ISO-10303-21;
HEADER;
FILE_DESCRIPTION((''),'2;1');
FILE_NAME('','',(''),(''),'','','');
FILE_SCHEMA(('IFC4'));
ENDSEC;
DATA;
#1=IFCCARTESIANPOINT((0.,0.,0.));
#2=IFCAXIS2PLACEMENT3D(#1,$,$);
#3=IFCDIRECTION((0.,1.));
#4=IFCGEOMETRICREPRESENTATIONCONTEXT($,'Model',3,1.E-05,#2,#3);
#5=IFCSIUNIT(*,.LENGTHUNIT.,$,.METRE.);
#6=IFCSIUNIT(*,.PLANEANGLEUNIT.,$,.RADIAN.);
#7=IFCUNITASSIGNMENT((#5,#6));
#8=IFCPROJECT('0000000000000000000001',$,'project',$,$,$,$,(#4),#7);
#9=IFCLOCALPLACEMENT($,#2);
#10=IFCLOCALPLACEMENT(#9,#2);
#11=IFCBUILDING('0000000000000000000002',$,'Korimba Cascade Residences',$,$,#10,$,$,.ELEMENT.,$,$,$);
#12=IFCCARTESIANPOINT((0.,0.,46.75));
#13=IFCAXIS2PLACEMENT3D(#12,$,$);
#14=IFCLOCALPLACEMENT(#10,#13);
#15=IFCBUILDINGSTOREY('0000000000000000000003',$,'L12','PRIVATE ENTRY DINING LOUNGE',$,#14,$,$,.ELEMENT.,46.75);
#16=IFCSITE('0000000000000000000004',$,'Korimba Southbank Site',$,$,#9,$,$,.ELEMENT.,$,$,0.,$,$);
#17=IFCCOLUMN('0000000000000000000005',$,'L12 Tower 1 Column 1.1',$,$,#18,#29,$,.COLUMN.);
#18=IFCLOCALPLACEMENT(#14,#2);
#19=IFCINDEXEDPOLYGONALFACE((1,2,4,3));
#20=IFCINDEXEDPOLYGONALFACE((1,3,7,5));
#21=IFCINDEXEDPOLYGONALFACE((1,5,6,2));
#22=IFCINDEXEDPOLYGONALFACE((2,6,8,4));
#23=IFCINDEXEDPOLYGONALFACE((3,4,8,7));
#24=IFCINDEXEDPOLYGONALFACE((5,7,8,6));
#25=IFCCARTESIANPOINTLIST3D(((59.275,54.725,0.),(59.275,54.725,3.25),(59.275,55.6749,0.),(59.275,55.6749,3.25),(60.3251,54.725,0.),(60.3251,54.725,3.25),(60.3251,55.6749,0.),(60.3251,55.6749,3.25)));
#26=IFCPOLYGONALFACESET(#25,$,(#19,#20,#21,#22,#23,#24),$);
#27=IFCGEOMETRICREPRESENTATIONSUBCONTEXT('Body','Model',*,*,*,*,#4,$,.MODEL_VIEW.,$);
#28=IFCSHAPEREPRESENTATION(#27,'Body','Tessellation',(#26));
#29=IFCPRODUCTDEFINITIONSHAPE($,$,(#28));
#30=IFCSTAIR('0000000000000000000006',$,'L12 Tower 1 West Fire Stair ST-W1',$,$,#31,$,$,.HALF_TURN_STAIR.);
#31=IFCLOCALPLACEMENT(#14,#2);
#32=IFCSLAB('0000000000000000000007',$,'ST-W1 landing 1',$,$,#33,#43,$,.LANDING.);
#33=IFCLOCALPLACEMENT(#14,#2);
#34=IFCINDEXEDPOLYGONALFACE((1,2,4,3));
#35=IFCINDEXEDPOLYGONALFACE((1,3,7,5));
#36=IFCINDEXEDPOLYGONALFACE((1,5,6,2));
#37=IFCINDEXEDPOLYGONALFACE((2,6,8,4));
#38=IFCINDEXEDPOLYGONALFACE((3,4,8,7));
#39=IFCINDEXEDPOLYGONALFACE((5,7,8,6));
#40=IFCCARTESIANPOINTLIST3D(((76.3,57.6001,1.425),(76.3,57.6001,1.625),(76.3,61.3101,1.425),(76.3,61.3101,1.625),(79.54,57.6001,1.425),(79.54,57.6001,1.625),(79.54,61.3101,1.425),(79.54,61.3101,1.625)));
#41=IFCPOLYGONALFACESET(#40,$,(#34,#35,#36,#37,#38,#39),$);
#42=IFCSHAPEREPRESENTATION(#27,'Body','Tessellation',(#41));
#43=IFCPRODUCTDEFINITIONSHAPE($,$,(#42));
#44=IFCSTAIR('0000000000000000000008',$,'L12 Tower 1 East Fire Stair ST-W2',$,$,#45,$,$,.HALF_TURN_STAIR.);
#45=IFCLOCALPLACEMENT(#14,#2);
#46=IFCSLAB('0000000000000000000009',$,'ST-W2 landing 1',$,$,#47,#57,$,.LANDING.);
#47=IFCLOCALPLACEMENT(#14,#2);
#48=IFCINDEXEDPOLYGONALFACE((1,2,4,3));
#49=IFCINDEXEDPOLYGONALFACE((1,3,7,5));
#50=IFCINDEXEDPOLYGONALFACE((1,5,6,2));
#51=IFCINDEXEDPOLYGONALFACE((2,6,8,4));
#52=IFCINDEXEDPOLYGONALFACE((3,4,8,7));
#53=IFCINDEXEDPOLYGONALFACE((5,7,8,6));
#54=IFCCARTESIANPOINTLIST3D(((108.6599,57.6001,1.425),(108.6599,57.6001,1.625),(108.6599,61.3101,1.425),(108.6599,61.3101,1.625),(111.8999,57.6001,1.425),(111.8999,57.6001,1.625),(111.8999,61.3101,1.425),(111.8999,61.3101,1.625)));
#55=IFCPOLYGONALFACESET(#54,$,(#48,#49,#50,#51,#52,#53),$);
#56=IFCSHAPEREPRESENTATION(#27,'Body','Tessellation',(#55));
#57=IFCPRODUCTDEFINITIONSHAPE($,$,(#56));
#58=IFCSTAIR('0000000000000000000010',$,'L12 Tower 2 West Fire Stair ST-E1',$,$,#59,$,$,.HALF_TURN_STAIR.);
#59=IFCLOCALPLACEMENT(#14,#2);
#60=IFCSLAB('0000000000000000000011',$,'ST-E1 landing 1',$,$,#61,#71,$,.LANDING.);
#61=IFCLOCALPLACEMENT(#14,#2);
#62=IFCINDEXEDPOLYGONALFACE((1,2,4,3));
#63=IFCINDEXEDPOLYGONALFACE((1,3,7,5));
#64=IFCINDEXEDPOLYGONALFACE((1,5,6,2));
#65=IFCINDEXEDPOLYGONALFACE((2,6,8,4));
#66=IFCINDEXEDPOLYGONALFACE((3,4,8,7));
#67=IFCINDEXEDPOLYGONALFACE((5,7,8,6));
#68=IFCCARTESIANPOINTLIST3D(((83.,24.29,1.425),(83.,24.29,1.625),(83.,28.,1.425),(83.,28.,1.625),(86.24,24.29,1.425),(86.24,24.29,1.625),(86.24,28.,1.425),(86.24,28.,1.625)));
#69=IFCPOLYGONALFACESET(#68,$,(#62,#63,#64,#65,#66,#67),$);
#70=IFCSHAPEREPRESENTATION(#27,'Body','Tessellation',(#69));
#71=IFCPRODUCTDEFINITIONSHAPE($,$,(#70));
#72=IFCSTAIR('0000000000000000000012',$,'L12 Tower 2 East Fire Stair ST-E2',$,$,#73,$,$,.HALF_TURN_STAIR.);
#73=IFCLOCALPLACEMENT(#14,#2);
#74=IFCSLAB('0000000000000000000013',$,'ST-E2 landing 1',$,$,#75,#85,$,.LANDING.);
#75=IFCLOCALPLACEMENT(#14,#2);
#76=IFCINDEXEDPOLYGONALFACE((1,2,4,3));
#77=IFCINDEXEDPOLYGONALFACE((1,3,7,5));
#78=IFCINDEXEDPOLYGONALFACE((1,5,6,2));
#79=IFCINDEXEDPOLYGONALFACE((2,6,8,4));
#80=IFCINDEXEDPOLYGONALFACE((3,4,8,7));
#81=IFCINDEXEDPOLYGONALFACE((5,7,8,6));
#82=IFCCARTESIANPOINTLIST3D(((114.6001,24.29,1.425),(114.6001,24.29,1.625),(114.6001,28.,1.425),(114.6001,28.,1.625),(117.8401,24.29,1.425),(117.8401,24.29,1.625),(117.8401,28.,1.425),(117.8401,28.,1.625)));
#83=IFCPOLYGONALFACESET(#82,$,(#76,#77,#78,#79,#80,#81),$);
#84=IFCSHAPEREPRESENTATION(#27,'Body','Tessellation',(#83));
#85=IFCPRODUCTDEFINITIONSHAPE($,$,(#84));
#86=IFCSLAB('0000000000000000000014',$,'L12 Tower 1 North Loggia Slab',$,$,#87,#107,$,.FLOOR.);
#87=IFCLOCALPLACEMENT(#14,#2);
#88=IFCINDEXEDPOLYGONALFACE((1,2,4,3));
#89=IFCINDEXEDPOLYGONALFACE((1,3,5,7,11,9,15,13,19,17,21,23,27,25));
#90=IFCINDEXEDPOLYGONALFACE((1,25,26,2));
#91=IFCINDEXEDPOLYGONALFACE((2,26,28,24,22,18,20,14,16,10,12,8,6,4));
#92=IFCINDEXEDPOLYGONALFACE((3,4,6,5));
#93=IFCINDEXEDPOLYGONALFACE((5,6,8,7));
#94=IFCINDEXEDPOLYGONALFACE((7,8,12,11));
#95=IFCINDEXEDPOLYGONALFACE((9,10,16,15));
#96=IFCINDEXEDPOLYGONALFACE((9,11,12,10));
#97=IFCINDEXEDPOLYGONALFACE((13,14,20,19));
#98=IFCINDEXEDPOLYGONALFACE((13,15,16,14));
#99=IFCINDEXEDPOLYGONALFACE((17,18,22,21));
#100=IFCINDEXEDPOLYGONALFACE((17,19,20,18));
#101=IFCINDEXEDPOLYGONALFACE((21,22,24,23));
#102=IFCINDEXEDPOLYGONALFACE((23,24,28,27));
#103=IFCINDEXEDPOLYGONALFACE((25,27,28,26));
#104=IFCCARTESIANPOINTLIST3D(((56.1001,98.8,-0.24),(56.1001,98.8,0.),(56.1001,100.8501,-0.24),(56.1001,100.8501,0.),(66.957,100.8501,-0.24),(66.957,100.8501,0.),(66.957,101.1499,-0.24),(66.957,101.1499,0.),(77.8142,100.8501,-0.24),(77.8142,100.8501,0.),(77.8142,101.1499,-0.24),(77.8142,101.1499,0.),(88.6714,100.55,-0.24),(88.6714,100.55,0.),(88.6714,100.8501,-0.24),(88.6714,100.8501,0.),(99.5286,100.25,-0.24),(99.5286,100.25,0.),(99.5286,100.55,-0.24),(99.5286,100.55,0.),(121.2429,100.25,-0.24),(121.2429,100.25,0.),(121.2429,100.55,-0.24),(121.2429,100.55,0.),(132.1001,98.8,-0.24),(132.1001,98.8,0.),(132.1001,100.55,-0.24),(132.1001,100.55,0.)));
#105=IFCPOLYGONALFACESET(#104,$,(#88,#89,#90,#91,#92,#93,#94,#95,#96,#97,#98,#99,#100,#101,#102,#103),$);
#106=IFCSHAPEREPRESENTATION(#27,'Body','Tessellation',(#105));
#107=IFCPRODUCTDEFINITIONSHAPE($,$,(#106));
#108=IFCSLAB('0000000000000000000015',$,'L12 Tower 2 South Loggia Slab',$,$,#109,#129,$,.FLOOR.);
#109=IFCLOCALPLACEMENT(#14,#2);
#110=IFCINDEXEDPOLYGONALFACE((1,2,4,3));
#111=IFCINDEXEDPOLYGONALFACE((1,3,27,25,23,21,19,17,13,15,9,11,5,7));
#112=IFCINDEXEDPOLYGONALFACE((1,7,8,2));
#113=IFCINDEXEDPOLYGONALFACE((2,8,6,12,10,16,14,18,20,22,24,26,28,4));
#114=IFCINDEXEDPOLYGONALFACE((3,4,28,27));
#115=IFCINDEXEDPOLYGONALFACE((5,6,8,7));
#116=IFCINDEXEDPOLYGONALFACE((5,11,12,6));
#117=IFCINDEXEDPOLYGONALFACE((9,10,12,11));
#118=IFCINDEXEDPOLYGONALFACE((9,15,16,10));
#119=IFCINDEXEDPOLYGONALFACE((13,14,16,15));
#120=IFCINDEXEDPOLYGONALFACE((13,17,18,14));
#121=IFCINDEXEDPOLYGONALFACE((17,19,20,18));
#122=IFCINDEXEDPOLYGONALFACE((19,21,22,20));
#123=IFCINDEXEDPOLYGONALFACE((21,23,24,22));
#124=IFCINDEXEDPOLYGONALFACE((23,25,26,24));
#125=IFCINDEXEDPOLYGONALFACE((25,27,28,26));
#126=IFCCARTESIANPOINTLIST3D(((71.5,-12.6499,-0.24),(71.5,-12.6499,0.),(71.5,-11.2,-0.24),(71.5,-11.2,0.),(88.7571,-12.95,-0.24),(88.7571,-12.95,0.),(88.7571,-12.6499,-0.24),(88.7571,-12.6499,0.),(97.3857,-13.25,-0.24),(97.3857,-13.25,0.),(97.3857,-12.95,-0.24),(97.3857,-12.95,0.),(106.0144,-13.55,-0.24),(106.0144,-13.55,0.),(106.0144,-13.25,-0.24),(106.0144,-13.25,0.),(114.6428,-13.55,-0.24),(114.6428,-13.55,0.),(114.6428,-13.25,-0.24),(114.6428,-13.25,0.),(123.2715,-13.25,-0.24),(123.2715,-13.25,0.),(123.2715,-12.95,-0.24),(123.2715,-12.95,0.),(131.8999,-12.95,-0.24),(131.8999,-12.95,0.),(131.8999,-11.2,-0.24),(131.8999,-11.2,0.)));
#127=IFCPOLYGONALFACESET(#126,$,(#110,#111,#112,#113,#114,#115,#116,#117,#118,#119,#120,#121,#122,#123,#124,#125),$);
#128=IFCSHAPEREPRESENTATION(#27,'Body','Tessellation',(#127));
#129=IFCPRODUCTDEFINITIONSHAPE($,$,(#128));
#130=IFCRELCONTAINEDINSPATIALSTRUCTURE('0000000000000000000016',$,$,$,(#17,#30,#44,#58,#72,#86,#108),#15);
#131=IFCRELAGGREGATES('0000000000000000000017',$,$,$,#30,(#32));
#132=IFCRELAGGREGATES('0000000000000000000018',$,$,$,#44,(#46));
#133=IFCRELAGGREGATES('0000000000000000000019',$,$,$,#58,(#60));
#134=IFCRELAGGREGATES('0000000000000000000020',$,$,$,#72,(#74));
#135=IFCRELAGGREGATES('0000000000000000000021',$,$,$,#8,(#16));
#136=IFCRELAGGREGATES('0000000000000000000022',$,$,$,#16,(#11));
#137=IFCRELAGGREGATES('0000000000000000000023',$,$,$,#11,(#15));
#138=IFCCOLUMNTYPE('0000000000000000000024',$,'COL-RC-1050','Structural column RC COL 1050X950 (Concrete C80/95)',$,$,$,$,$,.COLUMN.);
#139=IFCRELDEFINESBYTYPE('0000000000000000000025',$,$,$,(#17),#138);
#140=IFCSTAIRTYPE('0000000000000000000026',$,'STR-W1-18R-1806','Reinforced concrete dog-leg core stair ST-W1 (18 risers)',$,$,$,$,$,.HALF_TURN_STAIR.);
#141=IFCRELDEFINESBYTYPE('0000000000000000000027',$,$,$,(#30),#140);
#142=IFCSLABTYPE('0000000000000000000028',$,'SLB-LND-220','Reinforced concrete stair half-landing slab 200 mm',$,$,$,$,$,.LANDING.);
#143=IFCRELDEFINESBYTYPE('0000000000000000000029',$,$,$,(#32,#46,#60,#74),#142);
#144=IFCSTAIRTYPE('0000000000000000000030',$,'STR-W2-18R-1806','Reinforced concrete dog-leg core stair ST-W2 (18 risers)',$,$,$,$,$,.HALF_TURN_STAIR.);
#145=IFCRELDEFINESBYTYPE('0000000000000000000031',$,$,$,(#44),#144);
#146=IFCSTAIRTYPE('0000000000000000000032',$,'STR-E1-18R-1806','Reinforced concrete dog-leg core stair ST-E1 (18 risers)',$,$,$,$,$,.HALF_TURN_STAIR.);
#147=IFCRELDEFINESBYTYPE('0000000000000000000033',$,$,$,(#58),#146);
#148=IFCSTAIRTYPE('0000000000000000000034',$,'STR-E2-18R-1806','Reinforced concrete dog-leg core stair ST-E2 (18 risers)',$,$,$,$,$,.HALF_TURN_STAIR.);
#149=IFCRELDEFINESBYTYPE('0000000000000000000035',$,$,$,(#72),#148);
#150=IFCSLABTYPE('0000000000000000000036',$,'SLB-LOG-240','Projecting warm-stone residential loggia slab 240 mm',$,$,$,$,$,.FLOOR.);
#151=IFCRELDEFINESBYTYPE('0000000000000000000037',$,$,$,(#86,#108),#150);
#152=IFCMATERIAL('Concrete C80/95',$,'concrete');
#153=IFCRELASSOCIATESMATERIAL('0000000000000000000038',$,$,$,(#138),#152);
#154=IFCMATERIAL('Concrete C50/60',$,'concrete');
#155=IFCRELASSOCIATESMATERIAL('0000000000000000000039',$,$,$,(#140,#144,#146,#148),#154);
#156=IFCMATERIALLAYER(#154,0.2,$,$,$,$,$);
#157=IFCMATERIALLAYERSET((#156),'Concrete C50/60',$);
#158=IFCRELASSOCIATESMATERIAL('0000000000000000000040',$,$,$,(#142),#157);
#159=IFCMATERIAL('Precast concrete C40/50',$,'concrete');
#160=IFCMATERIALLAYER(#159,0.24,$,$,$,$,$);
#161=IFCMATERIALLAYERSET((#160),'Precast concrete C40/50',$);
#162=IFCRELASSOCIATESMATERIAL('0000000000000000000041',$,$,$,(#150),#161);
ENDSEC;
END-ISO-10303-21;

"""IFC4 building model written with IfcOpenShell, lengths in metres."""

from ifc_helpers import new_model, si_unit, direction, frame, origin, origin_2d, place, context, subcontext, project, spatial, polyline, rectangle, outline, extrude, material, layer, layer_set, material_profile, profile_set, type_object, element, aggregate, save


model = new_model("IFC4")

# Units and contexts
model_context = context("Model", 3, precision=1e-05, world=origin(), true_north=direction((0.0, 1.0)))
body_context = subcontext(model_context, "Body", "Model", "MODEL_VIEW")
ifc_project = project(units=[si_unit("LENGTHUNIT", "METRE"), si_unit("PLANEANGLEUNIT", "RADIAN")], contexts=[model_context])

# Site, building, storey
site_placement = place(None, origin())
site = spatial("IfcSite", under=ifc_project, at=site_placement, Name="Korimba Southbank Site", CompositionType="ELEMENT", RefElevation=0.0)
building_placement = place(site_placement, origin())
building = spatial("IfcBuilding", under=site, at=building_placement, Name="Korimba Cascade Residences", CompositionType="ELEMENT")
storey_placement = place(building_placement, frame((0.0, 0.0, 46.75)))
storey = spatial("IfcBuildingStorey", under=building, at=storey_placement, Name="L12", Description="PRIVATE ENTRY DINING LOUNGE", CompositionType="ELEMENT", Elevation=46.75)

# Column
ifc_material_1 = material(Name="Concrete C80/95", Category="concrete")
ifc_material_profile = material_profile(ifc_material_1, rectangle(XDim=1.05, YDim=0.95, at=origin_2d()), Name="Concrete C80/95")
ifc_profile_set = profile_set([ifc_material_profile], Name="Concrete C80/95")
column_type = type_object("IfcColumnType", Name="COL-RC-1050", Description="Structural column RC COL 1050X950 (Concrete C80/95)", PredefinedType="COLUMN", material=ifc_profile_set)
column_placement = place(storey_placement, frame((59.8, 55.2, 0.0), z_axis=(0.0, 0.0, 1.0), x_axis=(1.0, 0.0, 0.0)))
element("IfcColumn", 1, at=column_placement, inside=storey, type_object=column_type, Name="L12 Tower 1 Column 1.1", PredefinedType="COLUMN", context=body_context, shape_type="SweptSolid", body=[
    extrude(rectangle(XDim=1.05, YDim=0.95, at=origin_2d()), origin(), (0.0, 0.0, 1.0), 3.25),
])

# Stairs, slabs
ifc_material_2 = material(Name="Concrete C50/60", Category="concrete")
stair_type_1 = type_object("IfcStairType", Name="STR-W1-18R-1806", Description="Reinforced concrete dog-leg core stair ST-W1 (18 risers)", PredefinedType="HALF_TURN_STAIR", material=ifc_material_2)
stair_1_placement = place(storey_placement, origin())
stair_1 = element("IfcStair", 2, at=stair_1_placement, inside=storey, type_object=stair_type_1, Name="L12 Tower 1 West Fire Stair ST-W1", PredefinedType="HALF_TURN_STAIR")
ifc_layer_1 = layer(ifc_material_2, 0.2)
ifc_layer_set_1 = layer_set([ifc_layer_1], Name="Concrete C50/60")
slab_type_1 = type_object("IfcSlabType", Name="SLB-LND-220", Description="Reinforced concrete stair half-landing slab 200 mm", PredefinedType="LANDING", material=ifc_layer_set_1)
slab_1_placement = place(storey_placement, frame((0.0, 0.0, 1.425)))
slab_1 = element("IfcSlab", 3, at=slab_1_placement, type_object=slab_type_1, Name="ST-W1 landing 1", PredefinedType="LANDING", context=body_context, shape_type="SweptSolid", body=[
    extrude(outline(polyline([(76.3, 61.3101), (76.3, 57.6001), (79.54, 57.6001), (79.54, 61.3101), (76.3, 61.3101)])), origin(), (0.0, 0.0, 1.0), 0.2),
])
aggregate(stair_1, [slab_1])
stair_type_2 = type_object("IfcStairType", Name="STR-W2-18R-1806", Description="Reinforced concrete dog-leg core stair ST-W2 (18 risers)", PredefinedType="HALF_TURN_STAIR", material=ifc_material_2)
stair_2_placement = place(storey_placement, origin())
stair_2 = element("IfcStair", 4, at=stair_2_placement, inside=storey, type_object=stair_type_2, Name="L12 Tower 1 East Fire Stair ST-W2", PredefinedType="HALF_TURN_STAIR")
slab_2_placement = place(storey_placement, frame((0.0, 0.0, 1.425)))
slab_2 = element("IfcSlab", 5, at=slab_2_placement, type_object=slab_type_1, Name="ST-W2 landing 1", PredefinedType="LANDING", context=body_context, shape_type="SweptSolid", body=[
    extrude(outline(polyline([(108.6599, 61.3101), (108.6599, 57.6001), (111.8999, 57.6001), (111.8999, 61.3101), (108.6599, 61.3101)])), origin(), (0.0, 0.0, 1.0), 0.2),
])
aggregate(stair_2, [slab_2])
stair_type_3 = type_object("IfcStairType", Name="STR-E1-18R-1806", Description="Reinforced concrete dog-leg core stair ST-E1 (18 risers)", PredefinedType="HALF_TURN_STAIR", material=ifc_material_2)
stair_3_placement = place(storey_placement, origin())
stair_3 = element("IfcStair", 6, at=stair_3_placement, inside=storey, type_object=stair_type_3, Name="L12 Tower 2 West Fire Stair ST-E1", PredefinedType="HALF_TURN_STAIR")
slab_3_placement = place(storey_placement, frame((0.0, 0.0, 1.425)))
slab_3 = element("IfcSlab", 7, at=slab_3_placement, type_object=slab_type_1, Name="ST-E1 landing 1", PredefinedType="LANDING", context=body_context, shape_type="SweptSolid", body=[
    extrude(outline(polyline([(86.24, 24.29), (86.24, 28.0), (83.0, 28.0), (83.0, 24.29), (86.24, 24.29)])), origin(), (0.0, 0.0, 1.0), 0.2),
])
aggregate(stair_3, [slab_3])
stair_type_4 = type_object("IfcStairType", Name="STR-E2-18R-1806", Description="Reinforced concrete dog-leg core stair ST-E2 (18 risers)", PredefinedType="HALF_TURN_STAIR", material=ifc_material_2)
stair_4_placement = place(storey_placement, origin())
stair_4 = element("IfcStair", 8, at=stair_4_placement, inside=storey, type_object=stair_type_4, Name="L12 Tower 2 East Fire Stair ST-E2", PredefinedType="HALF_TURN_STAIR")
slab_4_placement = place(storey_placement, frame((0.0, 0.0, 1.425)))
slab_4 = element("IfcSlab", 9, at=slab_4_placement, type_object=slab_type_1, Name="ST-E2 landing 1", PredefinedType="LANDING", context=body_context, shape_type="SweptSolid", body=[
    extrude(outline(polyline([(117.8401, 24.29), (117.8401, 28.0), (114.6001, 28.0), (114.6001, 24.29), (117.8401, 24.29)])), origin(), (0.0, 0.0, 1.0), 0.2),
])
aggregate(stair_4, [slab_4])

# Slabs
ifc_material_3 = material(Name="Precast concrete C40/50", Category="concrete")
ifc_layer_2 = layer(ifc_material_3, 0.24)
ifc_layer_set_2 = layer_set([ifc_layer_2], Name="Precast concrete C40/50")
slab_type_2 = type_object("IfcSlabType", Name="SLB-LOG-240", Description="Projecting warm-stone residential loggia slab 240 mm", PredefinedType="FLOOR", material=ifc_layer_set_2)
slab_5_placement = place(storey_placement, frame((0.0, 0.0, -0.24)))
element("IfcSlab", 10, at=slab_5_placement, inside=storey, type_object=slab_type_2, Name="L12 Tower 1 North Loggia Slab", PredefinedType="FLOOR", context=body_context, shape_type="SweptSolid", body=[
    extrude(outline(polyline([(56.1001, 98.8), (132.1001, 98.8), (132.1001, 100.55), (121.2429, 100.55), (121.2429, 100.25), (99.5286, 100.25), (99.5286, 100.55), (88.6714, 100.55), (88.6714, 100.8501), (77.8142, 100.8501), (77.8142, 101.1499), (66.957, 101.1499), (66.957, 100.8501), (56.1001, 100.8501), (56.1001, 98.8)])), origin(), (0.0, 0.0, 1.0), 0.24),
])
slab_6_placement = place(storey_placement, frame((0.0, 0.0, -0.24)))
element("IfcSlab", 11, at=slab_6_placement, inside=storey, type_object=slab_type_2, Name="L12 Tower 2 South Loggia Slab", PredefinedType="FLOOR", context=body_context, shape_type="SweptSolid", body=[
    extrude(outline(polyline([(71.5, -12.6499), (88.7571, -12.6499), (88.7571, -12.95), (97.3857, -12.95), (97.3857, -13.25), (106.0144, -13.25), (106.0144, -13.55), (114.6428, -13.55), (114.6428, -13.25), (123.2715, -13.25), (123.2715, -12.95), (131.8999, -12.95), (131.8999, -11.2), (71.5, -11.2), (71.5, -12.6499)])), origin(), (0.0, 0.0, 1.0), 0.24),
])

save(model, "model.ifc")
